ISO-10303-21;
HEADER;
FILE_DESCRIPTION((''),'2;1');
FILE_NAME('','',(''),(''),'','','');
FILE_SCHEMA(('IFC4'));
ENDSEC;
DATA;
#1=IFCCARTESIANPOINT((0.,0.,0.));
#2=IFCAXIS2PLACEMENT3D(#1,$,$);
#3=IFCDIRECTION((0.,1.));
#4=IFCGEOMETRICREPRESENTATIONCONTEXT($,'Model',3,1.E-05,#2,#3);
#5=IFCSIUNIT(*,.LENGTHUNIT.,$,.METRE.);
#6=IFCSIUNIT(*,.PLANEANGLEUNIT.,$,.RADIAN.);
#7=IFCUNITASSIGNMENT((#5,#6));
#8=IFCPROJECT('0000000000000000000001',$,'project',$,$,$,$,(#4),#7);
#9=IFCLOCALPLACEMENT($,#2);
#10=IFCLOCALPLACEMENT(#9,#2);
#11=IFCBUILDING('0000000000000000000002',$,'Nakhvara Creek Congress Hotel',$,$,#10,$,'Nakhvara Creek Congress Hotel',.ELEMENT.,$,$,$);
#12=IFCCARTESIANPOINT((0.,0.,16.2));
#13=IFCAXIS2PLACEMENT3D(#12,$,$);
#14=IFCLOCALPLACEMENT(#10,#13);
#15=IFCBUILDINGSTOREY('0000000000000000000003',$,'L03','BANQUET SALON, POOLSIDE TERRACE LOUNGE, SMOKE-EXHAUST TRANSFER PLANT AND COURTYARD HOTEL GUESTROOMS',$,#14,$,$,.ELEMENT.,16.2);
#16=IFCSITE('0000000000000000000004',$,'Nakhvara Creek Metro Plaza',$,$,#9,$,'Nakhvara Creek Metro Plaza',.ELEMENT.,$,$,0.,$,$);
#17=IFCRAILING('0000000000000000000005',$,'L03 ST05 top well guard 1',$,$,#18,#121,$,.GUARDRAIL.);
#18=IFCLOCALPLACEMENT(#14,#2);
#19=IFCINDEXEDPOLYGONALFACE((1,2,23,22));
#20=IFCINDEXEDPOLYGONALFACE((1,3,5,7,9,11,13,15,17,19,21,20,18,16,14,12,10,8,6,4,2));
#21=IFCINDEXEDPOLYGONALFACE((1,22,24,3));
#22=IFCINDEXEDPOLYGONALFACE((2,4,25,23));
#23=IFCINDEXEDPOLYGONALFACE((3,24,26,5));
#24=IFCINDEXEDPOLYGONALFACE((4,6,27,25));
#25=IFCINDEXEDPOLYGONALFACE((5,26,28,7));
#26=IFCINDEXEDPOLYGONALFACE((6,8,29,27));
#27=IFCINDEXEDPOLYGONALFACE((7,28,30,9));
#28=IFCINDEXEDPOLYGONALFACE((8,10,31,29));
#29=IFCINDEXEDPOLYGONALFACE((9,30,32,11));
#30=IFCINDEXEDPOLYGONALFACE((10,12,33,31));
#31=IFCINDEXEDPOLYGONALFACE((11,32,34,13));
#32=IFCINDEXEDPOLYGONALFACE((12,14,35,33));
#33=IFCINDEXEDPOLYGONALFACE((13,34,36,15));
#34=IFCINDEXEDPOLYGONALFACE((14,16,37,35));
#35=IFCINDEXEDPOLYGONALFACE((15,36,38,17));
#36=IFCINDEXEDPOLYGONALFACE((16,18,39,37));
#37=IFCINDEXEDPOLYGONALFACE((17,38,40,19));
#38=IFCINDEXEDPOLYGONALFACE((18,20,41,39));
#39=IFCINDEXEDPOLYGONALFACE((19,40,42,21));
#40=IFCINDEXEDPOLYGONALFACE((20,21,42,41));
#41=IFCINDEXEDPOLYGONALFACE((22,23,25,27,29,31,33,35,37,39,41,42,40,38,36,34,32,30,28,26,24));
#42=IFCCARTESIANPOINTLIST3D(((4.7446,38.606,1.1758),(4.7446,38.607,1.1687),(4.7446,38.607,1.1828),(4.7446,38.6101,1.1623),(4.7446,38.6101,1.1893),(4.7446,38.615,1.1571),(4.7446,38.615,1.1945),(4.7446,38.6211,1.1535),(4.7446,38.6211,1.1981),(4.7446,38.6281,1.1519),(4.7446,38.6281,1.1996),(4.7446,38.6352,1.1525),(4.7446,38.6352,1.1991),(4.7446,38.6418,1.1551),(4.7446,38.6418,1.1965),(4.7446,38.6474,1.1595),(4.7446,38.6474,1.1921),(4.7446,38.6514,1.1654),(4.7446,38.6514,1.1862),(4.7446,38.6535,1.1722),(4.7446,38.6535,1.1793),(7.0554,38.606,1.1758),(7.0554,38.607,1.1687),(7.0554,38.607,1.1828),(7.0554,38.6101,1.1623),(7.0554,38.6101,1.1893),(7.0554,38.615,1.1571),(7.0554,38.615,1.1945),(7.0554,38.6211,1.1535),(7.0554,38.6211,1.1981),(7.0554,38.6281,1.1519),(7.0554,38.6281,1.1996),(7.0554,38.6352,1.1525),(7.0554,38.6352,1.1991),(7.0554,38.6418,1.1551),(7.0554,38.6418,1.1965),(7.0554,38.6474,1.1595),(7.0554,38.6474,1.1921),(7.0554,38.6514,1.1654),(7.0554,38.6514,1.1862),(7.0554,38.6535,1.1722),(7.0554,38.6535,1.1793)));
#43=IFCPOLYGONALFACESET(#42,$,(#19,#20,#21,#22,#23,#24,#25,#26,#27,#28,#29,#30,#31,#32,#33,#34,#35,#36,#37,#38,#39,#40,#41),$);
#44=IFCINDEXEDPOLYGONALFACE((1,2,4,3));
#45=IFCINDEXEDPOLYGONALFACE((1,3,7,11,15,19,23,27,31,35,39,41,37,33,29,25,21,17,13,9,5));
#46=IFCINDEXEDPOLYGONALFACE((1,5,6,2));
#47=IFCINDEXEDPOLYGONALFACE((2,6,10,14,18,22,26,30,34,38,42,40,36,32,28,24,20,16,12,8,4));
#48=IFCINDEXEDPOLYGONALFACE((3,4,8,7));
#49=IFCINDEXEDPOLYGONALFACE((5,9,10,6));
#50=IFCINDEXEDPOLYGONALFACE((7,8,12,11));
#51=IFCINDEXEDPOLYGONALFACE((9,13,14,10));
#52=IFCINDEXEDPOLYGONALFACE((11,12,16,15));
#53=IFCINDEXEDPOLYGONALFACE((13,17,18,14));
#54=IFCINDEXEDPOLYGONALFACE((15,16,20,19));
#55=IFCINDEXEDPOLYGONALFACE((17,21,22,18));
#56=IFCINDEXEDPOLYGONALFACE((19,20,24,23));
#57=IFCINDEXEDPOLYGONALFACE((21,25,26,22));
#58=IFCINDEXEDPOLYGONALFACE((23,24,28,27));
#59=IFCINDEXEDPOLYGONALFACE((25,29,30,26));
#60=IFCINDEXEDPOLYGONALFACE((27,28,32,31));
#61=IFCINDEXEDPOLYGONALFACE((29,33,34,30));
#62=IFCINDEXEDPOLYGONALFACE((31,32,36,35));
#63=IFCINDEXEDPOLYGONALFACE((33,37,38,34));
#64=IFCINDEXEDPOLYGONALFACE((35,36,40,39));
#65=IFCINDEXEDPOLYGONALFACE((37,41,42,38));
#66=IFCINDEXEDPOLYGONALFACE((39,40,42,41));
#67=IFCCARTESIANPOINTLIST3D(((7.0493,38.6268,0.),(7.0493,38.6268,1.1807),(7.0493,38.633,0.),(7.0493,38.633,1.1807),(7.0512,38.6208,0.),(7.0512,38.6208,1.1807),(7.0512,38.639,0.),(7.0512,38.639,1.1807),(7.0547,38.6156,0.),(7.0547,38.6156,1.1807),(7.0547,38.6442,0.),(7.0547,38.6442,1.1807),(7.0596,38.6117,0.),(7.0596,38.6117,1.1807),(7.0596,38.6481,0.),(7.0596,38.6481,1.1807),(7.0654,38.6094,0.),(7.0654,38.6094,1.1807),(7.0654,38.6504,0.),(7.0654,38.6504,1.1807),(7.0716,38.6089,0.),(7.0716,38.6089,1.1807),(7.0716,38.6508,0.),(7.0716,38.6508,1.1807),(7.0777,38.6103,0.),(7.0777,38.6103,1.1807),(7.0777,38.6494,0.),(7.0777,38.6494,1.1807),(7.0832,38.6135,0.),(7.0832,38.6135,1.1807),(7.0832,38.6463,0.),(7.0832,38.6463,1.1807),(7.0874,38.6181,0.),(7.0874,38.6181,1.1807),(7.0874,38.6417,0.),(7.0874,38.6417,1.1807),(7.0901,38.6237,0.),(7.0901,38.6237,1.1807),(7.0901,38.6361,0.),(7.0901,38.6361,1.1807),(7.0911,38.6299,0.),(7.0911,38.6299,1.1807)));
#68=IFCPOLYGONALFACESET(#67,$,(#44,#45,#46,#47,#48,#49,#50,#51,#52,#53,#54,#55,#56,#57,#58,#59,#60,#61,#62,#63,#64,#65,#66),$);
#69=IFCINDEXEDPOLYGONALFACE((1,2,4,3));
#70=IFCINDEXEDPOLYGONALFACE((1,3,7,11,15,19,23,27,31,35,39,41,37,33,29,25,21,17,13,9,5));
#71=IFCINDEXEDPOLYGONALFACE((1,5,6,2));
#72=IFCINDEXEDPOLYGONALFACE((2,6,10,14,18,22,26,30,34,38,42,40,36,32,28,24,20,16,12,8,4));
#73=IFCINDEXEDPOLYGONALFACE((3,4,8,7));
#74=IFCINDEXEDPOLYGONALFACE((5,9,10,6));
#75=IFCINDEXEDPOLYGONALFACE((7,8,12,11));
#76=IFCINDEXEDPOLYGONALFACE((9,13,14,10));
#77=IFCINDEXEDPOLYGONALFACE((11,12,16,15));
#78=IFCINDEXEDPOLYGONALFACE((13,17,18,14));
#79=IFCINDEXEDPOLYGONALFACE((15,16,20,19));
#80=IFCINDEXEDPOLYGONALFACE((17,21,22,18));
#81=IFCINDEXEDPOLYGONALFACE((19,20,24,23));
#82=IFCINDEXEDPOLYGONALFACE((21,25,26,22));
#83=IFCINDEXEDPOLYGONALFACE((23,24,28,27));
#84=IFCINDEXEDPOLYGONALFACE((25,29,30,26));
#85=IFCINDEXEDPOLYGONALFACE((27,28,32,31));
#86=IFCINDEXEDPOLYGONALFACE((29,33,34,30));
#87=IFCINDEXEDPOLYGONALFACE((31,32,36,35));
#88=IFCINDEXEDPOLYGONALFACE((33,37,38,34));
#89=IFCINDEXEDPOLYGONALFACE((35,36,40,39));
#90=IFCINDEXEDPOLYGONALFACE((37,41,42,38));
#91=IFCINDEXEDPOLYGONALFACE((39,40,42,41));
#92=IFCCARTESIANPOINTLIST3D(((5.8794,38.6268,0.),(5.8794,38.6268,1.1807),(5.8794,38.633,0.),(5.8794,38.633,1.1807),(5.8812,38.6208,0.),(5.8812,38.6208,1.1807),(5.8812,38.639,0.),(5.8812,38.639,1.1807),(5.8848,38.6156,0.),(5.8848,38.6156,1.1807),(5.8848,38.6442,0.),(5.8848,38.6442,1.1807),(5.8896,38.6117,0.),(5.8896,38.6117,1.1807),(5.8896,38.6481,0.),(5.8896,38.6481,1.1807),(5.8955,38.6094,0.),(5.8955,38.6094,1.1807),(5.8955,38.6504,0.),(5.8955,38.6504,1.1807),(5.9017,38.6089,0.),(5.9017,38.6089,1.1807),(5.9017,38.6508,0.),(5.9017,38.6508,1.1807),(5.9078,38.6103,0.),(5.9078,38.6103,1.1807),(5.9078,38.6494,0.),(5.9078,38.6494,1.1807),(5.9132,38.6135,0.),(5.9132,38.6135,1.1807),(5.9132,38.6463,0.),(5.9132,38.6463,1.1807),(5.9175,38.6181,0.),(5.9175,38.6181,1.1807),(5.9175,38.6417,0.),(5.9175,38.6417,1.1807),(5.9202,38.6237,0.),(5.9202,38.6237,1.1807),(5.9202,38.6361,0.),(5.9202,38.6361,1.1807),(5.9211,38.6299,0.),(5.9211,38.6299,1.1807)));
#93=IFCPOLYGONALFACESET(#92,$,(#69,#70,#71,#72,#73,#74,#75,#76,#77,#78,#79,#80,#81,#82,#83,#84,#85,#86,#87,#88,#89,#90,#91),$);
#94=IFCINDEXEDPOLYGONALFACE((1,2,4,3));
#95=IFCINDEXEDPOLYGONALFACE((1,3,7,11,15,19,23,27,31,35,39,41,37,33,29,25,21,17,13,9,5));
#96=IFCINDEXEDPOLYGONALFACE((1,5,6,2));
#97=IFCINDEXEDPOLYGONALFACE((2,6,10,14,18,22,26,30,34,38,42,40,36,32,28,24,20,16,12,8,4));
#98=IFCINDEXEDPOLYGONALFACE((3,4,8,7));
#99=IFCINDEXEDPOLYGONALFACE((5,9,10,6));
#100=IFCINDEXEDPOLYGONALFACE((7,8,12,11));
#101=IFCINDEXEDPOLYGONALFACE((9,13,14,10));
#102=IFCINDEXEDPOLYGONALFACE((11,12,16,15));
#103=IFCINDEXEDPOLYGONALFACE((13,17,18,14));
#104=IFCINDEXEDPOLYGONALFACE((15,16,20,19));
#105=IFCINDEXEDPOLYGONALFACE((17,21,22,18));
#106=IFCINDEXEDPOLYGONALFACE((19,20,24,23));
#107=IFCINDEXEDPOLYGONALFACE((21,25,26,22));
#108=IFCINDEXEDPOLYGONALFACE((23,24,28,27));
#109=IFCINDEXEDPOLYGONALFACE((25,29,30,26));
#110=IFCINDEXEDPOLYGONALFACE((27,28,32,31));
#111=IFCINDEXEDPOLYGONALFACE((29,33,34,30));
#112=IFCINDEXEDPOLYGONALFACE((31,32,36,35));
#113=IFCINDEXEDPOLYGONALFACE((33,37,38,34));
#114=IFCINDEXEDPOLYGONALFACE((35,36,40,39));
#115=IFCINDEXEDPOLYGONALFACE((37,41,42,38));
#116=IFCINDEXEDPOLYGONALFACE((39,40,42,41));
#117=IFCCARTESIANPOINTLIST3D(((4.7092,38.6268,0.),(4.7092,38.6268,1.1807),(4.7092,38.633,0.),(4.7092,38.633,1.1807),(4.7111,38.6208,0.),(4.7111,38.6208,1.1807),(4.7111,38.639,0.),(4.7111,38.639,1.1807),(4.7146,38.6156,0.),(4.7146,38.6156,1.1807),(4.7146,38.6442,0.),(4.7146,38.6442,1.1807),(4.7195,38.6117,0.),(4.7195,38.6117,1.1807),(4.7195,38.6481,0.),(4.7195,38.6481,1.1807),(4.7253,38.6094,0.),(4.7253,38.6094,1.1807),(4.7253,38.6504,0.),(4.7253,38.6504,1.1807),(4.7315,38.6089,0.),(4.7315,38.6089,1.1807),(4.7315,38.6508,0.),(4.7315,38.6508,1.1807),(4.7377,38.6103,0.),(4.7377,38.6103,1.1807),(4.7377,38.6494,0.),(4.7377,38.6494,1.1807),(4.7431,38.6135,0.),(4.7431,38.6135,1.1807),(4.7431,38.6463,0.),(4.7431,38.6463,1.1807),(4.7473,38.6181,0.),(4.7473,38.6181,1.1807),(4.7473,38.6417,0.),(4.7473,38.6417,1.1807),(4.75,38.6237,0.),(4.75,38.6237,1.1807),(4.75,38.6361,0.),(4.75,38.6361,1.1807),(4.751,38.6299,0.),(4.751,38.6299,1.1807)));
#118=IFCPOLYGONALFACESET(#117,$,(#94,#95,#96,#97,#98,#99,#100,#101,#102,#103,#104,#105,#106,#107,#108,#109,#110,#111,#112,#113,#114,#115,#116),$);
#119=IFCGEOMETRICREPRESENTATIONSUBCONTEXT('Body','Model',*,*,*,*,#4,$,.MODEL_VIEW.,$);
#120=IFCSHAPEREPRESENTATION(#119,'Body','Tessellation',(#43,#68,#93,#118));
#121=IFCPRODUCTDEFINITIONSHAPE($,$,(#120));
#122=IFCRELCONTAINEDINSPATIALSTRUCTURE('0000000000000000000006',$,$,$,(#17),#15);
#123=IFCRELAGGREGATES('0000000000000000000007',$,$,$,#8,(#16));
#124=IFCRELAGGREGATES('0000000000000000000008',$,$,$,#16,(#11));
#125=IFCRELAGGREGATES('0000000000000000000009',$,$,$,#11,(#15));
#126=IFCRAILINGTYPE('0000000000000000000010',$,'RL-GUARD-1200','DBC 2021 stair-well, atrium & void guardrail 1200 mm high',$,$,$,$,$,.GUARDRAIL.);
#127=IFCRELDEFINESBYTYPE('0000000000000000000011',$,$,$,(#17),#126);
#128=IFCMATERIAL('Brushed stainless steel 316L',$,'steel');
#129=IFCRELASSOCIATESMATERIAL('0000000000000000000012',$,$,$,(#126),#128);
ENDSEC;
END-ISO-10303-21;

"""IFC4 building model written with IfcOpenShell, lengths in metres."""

from ifc_helpers import new_model, si_unit, direction, frame, origin, origin_2d, place, context, subcontext, project, spatial, circle, extrude, material, type_object, element, save


model = new_model("IFC4")

# Units and contexts
model_context = context("Model", 3, precision=1e-05, world=origin(), true_north=direction((0.0, 1.0)))
body_context = subcontext(model_context, "Body", "Model", "MODEL_VIEW")
ifc_project = project(units=[si_unit("LENGTHUNIT", "METRE"), si_unit("PLANEANGLEUNIT", "RADIAN")], contexts=[model_context])

# Site, building, storey
site_placement = place(None, origin())
site = spatial("IfcSite", under=ifc_project, at=site_placement, Name="Nakhvara Creek Metro Plaza", LongName="Nakhvara Creek Metro Plaza", CompositionType="ELEMENT", RefElevation=0.0)
building_placement = place(site_placement, origin())
building = spatial("IfcBuilding", under=site, at=building_placement, Name="Nakhvara Creek Congress Hotel", LongName="Nakhvara Creek Congress Hotel", CompositionType="ELEMENT")
storey_placement = place(building_placement, frame((0.0, 0.0, 16.2)))
storey = spatial("IfcBuildingStorey", under=building, at=storey_placement, Name="L03", Description="BANQUET SALON, POOLSIDE TERRACE LOUNGE, SMOKE-EXHAUST TRANSFER PLANT AND COURTYARD HOTEL GUESTROOMS", CompositionType="ELEMENT", Elevation=16.2)

# Railing
ifc_material_1 = material(Name="Brushed stainless steel 316L", Category="steel")
railing_type = type_object("IfcRailingType", Name="RL-GUARD-1200", Description="DBC 2021 stair-well, atrium & void guardrail 1200 mm high", PredefinedType="GUARDRAIL", material=ifc_material_1)
railing_placement = place(storey_placement, frame((7.0701, 38.6299, 0.0)))
element("IfcRailing", 1, at=railing_placement, inside=storey, type_object=railing_type, Name="L03 ST05 top well guard 1", PredefinedType="GUARDRAIL", context=body_context, shape_type="SweptSolid", body=[
    extrude(circle(Radius=0.0239, at=origin_2d()), frame((-0.0146, 0.0, 1.1758), z_axis=(-1.0, 0.0, 0.0), x_axis=(0.0, -1.0, 0.0)), (0.0, 0.0, 1.0), 2.3108),
    extrude(circle(Radius=0.021, at=origin_2d()), origin(), (0.0, 0.0, 1.0), 1.1807),
    extrude(circle(Radius=0.021, at=origin_2d()), frame((-1.1699, 0.0, 0.0)), (0.0, 0.0, 1.0), 1.1807),
    extrude(circle(Radius=0.021, at=origin_2d()), frame((-2.3401, 0.0, 0.0)), (0.0, 0.0, 1.0), 1.1807),
])

save(model, "model.ifc")
